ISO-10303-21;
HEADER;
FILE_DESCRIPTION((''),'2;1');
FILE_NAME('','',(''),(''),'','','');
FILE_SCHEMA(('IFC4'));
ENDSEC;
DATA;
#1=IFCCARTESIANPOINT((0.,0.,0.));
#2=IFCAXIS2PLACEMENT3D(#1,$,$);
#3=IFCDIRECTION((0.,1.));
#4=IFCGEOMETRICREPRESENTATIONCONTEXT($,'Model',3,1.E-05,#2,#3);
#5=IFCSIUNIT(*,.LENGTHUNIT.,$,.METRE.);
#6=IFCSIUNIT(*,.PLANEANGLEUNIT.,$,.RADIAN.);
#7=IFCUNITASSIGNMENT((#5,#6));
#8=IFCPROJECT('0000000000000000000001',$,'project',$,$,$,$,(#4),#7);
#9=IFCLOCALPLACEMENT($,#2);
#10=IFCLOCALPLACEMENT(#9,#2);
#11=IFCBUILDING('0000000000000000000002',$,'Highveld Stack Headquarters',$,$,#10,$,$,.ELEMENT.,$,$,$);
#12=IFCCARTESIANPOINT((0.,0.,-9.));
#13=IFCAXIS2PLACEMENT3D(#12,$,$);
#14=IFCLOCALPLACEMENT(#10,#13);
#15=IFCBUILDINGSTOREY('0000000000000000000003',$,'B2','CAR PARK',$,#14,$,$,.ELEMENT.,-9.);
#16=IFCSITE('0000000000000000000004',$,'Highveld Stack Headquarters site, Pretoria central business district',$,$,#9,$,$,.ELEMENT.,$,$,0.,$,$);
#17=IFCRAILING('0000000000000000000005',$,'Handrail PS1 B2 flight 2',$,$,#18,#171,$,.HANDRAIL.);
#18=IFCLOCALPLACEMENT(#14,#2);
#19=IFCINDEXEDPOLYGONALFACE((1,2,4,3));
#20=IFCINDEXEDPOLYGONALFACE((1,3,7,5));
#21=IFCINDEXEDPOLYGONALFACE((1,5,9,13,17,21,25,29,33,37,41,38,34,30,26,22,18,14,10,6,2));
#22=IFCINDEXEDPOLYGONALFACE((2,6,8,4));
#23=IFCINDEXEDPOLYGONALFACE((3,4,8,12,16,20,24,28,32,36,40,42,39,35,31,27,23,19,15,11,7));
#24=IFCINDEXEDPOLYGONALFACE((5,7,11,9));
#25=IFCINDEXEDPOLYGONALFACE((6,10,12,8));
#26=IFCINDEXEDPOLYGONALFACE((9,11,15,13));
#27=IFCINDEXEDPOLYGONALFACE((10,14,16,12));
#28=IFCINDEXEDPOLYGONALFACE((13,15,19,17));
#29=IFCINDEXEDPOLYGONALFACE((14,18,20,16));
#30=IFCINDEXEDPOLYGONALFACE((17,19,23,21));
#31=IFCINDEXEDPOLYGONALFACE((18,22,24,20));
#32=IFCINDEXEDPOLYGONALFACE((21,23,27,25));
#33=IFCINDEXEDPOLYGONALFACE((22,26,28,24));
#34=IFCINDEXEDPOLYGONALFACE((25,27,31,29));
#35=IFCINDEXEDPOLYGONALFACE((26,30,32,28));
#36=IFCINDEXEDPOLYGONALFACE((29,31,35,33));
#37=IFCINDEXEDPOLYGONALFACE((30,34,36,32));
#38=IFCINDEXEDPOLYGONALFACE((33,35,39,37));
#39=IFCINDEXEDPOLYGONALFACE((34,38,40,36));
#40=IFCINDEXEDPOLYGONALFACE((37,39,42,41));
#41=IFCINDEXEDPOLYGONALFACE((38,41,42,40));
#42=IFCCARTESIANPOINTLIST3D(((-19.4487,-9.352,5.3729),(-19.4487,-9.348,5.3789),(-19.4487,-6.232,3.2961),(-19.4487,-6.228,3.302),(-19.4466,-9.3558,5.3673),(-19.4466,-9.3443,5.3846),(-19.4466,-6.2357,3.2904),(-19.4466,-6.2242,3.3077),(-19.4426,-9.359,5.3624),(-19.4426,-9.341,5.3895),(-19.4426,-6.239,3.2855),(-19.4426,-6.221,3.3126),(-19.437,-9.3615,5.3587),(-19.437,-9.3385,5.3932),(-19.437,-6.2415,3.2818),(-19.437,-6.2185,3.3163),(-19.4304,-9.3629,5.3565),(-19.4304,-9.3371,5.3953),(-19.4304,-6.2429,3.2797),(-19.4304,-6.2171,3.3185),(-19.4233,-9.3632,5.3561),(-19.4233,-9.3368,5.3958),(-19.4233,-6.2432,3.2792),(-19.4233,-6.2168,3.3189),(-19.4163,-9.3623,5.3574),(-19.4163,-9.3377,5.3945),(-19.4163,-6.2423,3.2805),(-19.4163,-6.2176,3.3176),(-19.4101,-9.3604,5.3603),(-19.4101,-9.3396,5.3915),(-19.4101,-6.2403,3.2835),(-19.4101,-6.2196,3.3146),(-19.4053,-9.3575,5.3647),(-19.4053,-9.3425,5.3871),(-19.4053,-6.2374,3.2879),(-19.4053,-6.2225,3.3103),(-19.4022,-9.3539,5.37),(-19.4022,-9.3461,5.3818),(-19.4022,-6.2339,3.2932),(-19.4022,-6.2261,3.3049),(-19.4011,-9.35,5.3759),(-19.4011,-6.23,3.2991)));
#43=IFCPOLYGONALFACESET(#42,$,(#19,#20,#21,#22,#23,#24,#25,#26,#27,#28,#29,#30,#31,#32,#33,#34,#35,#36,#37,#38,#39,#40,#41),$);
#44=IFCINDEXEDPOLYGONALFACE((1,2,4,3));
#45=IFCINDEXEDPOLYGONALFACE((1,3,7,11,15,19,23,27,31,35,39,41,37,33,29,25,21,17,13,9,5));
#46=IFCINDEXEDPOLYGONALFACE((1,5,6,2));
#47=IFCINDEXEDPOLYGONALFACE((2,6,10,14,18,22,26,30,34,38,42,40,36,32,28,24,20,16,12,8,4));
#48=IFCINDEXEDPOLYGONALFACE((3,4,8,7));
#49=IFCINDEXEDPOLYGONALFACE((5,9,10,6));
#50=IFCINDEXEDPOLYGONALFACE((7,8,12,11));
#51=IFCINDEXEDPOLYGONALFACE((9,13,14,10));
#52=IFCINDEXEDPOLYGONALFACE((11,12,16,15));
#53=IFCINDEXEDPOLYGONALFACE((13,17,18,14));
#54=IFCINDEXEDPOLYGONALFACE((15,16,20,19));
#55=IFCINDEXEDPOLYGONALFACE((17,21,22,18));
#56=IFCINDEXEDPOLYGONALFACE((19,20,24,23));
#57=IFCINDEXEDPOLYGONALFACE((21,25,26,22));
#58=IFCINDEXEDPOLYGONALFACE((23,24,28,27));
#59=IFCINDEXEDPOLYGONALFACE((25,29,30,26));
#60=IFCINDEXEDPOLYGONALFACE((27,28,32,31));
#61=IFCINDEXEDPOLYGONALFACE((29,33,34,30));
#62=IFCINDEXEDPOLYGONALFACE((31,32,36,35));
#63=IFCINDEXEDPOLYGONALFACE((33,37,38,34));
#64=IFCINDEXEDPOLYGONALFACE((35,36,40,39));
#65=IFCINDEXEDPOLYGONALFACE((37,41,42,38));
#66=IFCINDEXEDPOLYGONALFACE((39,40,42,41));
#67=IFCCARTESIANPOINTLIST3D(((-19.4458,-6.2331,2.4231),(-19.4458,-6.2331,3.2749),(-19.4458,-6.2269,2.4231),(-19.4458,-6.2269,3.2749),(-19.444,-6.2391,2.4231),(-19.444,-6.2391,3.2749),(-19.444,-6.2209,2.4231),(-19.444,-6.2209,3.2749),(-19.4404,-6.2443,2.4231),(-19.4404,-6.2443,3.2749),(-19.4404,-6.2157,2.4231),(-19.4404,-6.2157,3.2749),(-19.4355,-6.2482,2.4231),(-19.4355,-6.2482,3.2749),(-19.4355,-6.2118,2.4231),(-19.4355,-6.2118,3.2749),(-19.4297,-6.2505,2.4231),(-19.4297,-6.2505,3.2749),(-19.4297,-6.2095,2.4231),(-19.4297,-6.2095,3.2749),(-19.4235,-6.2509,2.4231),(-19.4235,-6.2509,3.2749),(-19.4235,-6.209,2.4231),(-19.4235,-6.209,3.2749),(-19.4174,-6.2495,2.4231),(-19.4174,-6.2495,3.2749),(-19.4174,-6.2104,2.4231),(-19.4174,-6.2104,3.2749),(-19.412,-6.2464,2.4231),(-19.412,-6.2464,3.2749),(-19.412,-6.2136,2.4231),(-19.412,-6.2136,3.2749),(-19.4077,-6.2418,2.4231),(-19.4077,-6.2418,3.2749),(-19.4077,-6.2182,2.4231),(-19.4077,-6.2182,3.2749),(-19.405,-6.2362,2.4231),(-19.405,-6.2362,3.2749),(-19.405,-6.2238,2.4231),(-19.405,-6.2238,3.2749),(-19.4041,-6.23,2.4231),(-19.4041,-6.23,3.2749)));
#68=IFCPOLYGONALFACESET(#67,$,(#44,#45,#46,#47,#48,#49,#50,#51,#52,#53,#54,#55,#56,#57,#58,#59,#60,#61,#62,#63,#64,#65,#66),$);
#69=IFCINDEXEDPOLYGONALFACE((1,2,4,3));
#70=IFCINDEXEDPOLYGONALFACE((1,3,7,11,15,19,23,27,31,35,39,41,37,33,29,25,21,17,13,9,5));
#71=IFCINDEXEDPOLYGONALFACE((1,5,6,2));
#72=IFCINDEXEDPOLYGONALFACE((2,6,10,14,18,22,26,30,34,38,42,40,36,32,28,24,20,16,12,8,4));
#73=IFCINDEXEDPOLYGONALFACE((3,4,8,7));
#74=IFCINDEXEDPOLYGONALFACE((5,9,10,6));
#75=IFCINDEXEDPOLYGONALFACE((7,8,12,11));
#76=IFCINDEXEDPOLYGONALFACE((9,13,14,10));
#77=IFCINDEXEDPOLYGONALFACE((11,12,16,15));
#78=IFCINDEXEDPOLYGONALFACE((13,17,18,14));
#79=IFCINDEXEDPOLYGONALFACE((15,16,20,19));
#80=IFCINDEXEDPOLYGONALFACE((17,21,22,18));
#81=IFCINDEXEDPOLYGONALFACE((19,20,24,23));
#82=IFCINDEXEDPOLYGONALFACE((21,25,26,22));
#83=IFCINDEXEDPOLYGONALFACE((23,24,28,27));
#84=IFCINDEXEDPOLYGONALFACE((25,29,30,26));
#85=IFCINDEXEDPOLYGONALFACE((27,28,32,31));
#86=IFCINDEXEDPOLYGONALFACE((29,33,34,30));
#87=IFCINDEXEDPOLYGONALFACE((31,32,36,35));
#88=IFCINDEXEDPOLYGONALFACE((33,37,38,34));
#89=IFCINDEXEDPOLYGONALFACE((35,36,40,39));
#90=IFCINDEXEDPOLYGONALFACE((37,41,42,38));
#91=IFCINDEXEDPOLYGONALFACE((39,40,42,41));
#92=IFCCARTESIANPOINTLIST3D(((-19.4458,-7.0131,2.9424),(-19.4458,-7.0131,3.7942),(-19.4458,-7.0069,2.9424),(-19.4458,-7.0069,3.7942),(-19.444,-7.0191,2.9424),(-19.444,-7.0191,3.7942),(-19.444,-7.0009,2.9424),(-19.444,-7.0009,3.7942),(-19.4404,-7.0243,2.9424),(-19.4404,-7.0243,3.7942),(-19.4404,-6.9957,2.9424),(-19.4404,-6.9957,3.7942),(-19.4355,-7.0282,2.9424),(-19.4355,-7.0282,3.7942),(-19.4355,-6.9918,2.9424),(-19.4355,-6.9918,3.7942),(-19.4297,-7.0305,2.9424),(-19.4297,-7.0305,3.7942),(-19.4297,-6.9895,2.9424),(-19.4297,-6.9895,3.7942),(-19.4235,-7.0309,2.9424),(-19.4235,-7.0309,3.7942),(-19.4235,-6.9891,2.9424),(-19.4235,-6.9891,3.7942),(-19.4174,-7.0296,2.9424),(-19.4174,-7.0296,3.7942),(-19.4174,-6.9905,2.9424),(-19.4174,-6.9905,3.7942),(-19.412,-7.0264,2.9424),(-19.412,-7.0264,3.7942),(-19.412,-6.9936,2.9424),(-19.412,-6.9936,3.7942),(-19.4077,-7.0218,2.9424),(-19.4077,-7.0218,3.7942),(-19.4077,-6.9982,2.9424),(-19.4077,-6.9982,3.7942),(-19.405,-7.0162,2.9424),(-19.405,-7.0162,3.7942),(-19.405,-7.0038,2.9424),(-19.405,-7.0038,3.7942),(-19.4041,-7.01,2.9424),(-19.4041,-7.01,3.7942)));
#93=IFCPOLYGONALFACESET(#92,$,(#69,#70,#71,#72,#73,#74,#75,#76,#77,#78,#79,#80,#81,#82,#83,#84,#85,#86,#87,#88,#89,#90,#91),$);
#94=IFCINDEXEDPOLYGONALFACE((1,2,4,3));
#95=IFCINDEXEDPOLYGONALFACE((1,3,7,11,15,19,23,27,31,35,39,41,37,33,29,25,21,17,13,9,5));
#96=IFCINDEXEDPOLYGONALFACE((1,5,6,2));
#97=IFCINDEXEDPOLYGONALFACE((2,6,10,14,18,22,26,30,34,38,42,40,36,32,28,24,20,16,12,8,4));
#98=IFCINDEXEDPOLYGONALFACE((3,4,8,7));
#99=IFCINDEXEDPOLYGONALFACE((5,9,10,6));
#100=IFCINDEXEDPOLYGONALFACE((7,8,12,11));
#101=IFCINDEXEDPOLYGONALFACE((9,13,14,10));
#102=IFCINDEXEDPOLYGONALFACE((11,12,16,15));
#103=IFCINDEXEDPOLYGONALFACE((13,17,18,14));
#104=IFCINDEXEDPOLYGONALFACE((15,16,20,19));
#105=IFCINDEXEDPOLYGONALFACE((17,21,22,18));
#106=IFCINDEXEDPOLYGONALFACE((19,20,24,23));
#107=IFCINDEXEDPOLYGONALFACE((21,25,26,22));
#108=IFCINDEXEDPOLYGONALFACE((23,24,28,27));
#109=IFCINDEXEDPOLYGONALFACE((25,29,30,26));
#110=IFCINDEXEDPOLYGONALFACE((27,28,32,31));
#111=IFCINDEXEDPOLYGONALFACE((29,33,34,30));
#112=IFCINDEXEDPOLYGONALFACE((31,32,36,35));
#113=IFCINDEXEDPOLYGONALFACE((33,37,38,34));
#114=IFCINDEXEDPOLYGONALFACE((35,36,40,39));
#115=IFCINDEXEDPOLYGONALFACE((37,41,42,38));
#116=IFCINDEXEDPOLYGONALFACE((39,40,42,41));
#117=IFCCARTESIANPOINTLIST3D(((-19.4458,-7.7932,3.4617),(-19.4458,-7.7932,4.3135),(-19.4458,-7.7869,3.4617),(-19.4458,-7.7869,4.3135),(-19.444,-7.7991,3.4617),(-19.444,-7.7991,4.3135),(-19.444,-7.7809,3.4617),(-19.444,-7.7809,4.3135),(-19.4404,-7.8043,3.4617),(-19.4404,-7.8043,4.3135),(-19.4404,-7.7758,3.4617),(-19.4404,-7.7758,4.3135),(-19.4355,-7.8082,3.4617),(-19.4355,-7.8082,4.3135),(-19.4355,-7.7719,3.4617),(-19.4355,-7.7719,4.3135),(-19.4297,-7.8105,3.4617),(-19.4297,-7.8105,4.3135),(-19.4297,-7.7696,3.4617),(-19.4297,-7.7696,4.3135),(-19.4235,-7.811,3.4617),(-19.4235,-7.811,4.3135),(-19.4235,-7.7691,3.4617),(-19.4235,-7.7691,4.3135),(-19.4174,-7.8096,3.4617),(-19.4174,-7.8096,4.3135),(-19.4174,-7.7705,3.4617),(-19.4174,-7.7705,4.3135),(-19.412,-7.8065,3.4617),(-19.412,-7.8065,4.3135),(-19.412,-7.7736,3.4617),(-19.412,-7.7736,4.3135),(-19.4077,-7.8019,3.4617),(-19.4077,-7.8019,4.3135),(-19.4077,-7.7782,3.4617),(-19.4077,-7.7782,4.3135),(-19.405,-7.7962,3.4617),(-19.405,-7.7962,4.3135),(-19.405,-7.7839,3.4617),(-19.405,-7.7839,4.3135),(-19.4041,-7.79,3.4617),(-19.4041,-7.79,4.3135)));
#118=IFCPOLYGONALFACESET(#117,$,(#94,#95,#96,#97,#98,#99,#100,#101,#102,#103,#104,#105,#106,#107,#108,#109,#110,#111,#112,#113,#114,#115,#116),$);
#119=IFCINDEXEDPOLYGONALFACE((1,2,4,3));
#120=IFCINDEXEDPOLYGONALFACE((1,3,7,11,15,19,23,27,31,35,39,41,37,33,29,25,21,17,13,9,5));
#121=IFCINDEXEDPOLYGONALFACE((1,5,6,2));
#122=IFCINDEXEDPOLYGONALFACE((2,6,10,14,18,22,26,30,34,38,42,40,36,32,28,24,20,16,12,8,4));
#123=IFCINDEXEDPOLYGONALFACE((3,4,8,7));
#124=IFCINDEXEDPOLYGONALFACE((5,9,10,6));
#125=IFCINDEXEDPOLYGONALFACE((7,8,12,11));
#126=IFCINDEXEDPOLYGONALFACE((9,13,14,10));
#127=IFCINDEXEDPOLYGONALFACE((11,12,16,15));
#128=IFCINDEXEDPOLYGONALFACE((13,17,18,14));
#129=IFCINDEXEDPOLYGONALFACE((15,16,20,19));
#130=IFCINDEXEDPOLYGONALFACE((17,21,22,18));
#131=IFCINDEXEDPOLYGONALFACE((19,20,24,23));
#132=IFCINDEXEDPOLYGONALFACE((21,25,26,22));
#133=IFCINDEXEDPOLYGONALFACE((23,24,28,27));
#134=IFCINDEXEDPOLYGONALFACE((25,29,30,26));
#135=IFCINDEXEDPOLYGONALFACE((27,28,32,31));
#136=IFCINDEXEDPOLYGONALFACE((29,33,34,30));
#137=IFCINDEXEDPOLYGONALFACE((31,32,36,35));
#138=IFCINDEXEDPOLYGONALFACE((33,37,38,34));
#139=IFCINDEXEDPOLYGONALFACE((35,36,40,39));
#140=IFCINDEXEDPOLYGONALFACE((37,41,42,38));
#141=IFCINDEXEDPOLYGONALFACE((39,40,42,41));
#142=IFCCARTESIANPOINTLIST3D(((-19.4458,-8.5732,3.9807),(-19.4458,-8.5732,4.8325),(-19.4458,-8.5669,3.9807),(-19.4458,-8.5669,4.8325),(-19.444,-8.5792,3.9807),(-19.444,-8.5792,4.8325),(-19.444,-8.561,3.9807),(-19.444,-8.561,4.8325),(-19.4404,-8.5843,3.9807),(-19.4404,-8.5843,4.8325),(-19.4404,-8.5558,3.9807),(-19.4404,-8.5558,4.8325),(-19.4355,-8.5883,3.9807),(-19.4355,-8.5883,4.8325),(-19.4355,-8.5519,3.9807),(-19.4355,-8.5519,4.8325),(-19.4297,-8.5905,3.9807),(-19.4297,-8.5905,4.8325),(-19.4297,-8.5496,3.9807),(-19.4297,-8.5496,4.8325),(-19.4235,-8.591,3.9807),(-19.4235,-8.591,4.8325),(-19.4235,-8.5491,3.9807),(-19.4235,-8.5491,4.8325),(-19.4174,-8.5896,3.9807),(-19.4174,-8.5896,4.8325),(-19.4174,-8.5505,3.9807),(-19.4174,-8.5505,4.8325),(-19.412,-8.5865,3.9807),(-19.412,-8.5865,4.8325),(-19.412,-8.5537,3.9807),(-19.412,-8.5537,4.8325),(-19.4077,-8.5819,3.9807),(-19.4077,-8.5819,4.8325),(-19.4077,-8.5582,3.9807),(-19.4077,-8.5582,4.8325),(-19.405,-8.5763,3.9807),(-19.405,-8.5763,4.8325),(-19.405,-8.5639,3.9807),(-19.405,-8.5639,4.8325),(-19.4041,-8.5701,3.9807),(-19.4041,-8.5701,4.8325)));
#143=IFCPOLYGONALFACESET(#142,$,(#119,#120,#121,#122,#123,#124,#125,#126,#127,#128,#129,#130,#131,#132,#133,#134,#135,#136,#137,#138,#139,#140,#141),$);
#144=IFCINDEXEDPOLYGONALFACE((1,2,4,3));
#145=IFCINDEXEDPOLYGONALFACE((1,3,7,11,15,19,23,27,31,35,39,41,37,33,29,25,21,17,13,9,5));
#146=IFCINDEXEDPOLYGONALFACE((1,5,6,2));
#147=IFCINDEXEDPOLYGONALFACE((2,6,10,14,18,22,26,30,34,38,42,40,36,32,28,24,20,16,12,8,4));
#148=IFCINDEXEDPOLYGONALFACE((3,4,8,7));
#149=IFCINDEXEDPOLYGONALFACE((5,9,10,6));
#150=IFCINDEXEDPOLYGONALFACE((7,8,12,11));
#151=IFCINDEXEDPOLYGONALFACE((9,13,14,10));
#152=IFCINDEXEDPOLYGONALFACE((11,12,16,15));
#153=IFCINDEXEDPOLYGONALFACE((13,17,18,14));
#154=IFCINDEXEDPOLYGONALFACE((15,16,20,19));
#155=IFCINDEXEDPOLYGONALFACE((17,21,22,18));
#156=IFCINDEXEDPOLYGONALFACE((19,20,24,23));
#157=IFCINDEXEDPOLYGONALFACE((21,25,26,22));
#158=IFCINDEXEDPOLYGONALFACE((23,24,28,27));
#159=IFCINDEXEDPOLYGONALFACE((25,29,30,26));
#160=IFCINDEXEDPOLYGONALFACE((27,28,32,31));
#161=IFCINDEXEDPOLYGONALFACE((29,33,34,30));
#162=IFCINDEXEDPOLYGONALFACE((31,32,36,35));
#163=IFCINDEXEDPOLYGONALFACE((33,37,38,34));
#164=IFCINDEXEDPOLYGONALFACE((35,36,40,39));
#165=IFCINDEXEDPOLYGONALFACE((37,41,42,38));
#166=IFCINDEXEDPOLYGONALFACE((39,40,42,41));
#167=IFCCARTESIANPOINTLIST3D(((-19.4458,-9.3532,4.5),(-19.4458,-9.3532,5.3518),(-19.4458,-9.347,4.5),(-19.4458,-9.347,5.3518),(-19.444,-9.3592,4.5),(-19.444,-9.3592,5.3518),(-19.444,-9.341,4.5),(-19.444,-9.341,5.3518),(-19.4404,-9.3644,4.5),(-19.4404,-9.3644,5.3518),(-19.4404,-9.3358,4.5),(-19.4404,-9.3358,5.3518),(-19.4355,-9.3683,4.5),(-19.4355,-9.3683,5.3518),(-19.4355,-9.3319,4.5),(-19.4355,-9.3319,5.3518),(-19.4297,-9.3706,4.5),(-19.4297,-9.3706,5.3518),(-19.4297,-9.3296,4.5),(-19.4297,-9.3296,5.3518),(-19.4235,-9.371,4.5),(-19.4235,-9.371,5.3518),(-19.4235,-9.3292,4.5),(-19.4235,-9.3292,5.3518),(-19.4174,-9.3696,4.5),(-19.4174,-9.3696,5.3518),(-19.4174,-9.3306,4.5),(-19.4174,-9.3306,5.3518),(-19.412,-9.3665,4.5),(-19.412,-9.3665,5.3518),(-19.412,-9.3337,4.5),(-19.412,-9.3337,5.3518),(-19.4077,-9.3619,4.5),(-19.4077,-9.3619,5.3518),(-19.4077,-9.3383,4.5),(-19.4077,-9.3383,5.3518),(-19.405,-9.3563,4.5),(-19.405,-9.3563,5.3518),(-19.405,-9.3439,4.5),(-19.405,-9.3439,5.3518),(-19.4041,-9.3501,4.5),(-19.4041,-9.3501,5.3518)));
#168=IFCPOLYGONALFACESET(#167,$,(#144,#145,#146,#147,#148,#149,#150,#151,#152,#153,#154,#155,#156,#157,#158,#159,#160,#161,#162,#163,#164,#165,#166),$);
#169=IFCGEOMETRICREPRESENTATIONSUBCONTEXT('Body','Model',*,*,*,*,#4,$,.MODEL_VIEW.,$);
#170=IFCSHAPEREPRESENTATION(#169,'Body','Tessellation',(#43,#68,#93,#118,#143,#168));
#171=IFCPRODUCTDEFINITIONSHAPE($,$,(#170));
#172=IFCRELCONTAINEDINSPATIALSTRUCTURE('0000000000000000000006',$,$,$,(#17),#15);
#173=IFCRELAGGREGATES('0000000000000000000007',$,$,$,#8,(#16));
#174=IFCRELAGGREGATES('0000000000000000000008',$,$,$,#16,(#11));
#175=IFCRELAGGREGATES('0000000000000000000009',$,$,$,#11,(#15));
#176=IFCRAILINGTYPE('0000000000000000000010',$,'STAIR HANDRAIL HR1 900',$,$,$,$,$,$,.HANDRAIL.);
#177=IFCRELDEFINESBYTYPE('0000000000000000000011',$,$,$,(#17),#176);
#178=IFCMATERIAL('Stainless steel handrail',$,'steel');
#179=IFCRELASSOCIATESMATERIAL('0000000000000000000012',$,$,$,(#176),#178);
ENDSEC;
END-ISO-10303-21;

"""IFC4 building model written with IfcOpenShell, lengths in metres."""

from ifc_helpers import new_model, si_unit, direction, frame, origin, origin_2d, place, context, subcontext, project, spatial, circle, extrude, material, type_object, element, save


model = new_model("IFC4")

# Units and contexts
model_context = context("Model", 3, precision=1e-05, world=origin(), true_north=direction((0.0, 1.0)))
body_context = subcontext(model_context, "Body", "Model", "MODEL_VIEW")
ifc_project = project(units=[si_unit("LENGTHUNIT", "METRE"), si_unit("PLANEANGLEUNIT", "RADIAN")], contexts=[model_context])

# Site, building, storey
site_placement = place(None, origin())
site = spatial("IfcSite", under=ifc_project, at=site_placement, Name="Highveld Stack Headquarters site, Pretoria central business district", CompositionType="ELEMENT", RefElevation=0.0)
building_placement = place(site_placement, origin())
building = spatial("IfcBuilding", under=site, at=building_placement, Name="Highveld Stack Headquarters", CompositionType="ELEMENT")
storey_placement = place(building_placement, frame((0.0, 0.0, -9.0)))
storey = spatial("IfcBuildingStorey", under=building, at=storey_placement, Name="B2", Description="CAR PARK", CompositionType="ELEMENT", Elevation=-9.0)

# Railing
ifc_material_1 = material(Name="Stainless steel handrail", Category="steel")
railing_type = type_object("IfcRailingType", Name="STAIR HANDRAIL HR1 900", PredefinedType="HANDRAIL", material=ifc_material_1)
for number, where, name in (
    (1, (-19.425, -6.23, 2.4231), "Handrail PS1 B2 flight 2"),
):
    element("IfcRailing", number, at=place(storey_placement, frame(where)), inside=storey, type_object=railing_type, Name=name, PredefinedType="HANDRAIL", context=body_context, shape_type="SweptSolid", body=[
        extrude(circle(Radius=0.0239, at=origin_2d()), frame((0.0, 0.0, 0.876), z_axis=(0.0, -0.832441, 0.554114), x_axis=(1.0, 0.0, 0.0)), (0.0, 0.0, 1.0), 3.748),
        extrude(circle(Radius=0.021, at=origin_2d()), origin(), (0.0, 0.0, 1.0), 0.8518),
        extrude(circle(Radius=0.021, at=origin_2d()), frame((0.0, -0.78, 0.5193)), (0.0, 0.0, 1.0), 0.8518),
        extrude(circle(Radius=0.021, at=origin_2d()), frame((0.0, -1.5601, 1.0386)), (0.0, 0.0, 1.0), 0.8518),
        extrude(circle(Radius=0.021, at=origin_2d()), frame((0.0, -2.3401, 1.5576)), (0.0, 0.0, 1.0), 0.8518),
        extrude(circle(Radius=0.021, at=origin_2d()), frame((0.0, -3.1201, 2.0769)), (0.0, 0.0, 1.0), 0.8518),
    ])

save(model, "model.ifc")
